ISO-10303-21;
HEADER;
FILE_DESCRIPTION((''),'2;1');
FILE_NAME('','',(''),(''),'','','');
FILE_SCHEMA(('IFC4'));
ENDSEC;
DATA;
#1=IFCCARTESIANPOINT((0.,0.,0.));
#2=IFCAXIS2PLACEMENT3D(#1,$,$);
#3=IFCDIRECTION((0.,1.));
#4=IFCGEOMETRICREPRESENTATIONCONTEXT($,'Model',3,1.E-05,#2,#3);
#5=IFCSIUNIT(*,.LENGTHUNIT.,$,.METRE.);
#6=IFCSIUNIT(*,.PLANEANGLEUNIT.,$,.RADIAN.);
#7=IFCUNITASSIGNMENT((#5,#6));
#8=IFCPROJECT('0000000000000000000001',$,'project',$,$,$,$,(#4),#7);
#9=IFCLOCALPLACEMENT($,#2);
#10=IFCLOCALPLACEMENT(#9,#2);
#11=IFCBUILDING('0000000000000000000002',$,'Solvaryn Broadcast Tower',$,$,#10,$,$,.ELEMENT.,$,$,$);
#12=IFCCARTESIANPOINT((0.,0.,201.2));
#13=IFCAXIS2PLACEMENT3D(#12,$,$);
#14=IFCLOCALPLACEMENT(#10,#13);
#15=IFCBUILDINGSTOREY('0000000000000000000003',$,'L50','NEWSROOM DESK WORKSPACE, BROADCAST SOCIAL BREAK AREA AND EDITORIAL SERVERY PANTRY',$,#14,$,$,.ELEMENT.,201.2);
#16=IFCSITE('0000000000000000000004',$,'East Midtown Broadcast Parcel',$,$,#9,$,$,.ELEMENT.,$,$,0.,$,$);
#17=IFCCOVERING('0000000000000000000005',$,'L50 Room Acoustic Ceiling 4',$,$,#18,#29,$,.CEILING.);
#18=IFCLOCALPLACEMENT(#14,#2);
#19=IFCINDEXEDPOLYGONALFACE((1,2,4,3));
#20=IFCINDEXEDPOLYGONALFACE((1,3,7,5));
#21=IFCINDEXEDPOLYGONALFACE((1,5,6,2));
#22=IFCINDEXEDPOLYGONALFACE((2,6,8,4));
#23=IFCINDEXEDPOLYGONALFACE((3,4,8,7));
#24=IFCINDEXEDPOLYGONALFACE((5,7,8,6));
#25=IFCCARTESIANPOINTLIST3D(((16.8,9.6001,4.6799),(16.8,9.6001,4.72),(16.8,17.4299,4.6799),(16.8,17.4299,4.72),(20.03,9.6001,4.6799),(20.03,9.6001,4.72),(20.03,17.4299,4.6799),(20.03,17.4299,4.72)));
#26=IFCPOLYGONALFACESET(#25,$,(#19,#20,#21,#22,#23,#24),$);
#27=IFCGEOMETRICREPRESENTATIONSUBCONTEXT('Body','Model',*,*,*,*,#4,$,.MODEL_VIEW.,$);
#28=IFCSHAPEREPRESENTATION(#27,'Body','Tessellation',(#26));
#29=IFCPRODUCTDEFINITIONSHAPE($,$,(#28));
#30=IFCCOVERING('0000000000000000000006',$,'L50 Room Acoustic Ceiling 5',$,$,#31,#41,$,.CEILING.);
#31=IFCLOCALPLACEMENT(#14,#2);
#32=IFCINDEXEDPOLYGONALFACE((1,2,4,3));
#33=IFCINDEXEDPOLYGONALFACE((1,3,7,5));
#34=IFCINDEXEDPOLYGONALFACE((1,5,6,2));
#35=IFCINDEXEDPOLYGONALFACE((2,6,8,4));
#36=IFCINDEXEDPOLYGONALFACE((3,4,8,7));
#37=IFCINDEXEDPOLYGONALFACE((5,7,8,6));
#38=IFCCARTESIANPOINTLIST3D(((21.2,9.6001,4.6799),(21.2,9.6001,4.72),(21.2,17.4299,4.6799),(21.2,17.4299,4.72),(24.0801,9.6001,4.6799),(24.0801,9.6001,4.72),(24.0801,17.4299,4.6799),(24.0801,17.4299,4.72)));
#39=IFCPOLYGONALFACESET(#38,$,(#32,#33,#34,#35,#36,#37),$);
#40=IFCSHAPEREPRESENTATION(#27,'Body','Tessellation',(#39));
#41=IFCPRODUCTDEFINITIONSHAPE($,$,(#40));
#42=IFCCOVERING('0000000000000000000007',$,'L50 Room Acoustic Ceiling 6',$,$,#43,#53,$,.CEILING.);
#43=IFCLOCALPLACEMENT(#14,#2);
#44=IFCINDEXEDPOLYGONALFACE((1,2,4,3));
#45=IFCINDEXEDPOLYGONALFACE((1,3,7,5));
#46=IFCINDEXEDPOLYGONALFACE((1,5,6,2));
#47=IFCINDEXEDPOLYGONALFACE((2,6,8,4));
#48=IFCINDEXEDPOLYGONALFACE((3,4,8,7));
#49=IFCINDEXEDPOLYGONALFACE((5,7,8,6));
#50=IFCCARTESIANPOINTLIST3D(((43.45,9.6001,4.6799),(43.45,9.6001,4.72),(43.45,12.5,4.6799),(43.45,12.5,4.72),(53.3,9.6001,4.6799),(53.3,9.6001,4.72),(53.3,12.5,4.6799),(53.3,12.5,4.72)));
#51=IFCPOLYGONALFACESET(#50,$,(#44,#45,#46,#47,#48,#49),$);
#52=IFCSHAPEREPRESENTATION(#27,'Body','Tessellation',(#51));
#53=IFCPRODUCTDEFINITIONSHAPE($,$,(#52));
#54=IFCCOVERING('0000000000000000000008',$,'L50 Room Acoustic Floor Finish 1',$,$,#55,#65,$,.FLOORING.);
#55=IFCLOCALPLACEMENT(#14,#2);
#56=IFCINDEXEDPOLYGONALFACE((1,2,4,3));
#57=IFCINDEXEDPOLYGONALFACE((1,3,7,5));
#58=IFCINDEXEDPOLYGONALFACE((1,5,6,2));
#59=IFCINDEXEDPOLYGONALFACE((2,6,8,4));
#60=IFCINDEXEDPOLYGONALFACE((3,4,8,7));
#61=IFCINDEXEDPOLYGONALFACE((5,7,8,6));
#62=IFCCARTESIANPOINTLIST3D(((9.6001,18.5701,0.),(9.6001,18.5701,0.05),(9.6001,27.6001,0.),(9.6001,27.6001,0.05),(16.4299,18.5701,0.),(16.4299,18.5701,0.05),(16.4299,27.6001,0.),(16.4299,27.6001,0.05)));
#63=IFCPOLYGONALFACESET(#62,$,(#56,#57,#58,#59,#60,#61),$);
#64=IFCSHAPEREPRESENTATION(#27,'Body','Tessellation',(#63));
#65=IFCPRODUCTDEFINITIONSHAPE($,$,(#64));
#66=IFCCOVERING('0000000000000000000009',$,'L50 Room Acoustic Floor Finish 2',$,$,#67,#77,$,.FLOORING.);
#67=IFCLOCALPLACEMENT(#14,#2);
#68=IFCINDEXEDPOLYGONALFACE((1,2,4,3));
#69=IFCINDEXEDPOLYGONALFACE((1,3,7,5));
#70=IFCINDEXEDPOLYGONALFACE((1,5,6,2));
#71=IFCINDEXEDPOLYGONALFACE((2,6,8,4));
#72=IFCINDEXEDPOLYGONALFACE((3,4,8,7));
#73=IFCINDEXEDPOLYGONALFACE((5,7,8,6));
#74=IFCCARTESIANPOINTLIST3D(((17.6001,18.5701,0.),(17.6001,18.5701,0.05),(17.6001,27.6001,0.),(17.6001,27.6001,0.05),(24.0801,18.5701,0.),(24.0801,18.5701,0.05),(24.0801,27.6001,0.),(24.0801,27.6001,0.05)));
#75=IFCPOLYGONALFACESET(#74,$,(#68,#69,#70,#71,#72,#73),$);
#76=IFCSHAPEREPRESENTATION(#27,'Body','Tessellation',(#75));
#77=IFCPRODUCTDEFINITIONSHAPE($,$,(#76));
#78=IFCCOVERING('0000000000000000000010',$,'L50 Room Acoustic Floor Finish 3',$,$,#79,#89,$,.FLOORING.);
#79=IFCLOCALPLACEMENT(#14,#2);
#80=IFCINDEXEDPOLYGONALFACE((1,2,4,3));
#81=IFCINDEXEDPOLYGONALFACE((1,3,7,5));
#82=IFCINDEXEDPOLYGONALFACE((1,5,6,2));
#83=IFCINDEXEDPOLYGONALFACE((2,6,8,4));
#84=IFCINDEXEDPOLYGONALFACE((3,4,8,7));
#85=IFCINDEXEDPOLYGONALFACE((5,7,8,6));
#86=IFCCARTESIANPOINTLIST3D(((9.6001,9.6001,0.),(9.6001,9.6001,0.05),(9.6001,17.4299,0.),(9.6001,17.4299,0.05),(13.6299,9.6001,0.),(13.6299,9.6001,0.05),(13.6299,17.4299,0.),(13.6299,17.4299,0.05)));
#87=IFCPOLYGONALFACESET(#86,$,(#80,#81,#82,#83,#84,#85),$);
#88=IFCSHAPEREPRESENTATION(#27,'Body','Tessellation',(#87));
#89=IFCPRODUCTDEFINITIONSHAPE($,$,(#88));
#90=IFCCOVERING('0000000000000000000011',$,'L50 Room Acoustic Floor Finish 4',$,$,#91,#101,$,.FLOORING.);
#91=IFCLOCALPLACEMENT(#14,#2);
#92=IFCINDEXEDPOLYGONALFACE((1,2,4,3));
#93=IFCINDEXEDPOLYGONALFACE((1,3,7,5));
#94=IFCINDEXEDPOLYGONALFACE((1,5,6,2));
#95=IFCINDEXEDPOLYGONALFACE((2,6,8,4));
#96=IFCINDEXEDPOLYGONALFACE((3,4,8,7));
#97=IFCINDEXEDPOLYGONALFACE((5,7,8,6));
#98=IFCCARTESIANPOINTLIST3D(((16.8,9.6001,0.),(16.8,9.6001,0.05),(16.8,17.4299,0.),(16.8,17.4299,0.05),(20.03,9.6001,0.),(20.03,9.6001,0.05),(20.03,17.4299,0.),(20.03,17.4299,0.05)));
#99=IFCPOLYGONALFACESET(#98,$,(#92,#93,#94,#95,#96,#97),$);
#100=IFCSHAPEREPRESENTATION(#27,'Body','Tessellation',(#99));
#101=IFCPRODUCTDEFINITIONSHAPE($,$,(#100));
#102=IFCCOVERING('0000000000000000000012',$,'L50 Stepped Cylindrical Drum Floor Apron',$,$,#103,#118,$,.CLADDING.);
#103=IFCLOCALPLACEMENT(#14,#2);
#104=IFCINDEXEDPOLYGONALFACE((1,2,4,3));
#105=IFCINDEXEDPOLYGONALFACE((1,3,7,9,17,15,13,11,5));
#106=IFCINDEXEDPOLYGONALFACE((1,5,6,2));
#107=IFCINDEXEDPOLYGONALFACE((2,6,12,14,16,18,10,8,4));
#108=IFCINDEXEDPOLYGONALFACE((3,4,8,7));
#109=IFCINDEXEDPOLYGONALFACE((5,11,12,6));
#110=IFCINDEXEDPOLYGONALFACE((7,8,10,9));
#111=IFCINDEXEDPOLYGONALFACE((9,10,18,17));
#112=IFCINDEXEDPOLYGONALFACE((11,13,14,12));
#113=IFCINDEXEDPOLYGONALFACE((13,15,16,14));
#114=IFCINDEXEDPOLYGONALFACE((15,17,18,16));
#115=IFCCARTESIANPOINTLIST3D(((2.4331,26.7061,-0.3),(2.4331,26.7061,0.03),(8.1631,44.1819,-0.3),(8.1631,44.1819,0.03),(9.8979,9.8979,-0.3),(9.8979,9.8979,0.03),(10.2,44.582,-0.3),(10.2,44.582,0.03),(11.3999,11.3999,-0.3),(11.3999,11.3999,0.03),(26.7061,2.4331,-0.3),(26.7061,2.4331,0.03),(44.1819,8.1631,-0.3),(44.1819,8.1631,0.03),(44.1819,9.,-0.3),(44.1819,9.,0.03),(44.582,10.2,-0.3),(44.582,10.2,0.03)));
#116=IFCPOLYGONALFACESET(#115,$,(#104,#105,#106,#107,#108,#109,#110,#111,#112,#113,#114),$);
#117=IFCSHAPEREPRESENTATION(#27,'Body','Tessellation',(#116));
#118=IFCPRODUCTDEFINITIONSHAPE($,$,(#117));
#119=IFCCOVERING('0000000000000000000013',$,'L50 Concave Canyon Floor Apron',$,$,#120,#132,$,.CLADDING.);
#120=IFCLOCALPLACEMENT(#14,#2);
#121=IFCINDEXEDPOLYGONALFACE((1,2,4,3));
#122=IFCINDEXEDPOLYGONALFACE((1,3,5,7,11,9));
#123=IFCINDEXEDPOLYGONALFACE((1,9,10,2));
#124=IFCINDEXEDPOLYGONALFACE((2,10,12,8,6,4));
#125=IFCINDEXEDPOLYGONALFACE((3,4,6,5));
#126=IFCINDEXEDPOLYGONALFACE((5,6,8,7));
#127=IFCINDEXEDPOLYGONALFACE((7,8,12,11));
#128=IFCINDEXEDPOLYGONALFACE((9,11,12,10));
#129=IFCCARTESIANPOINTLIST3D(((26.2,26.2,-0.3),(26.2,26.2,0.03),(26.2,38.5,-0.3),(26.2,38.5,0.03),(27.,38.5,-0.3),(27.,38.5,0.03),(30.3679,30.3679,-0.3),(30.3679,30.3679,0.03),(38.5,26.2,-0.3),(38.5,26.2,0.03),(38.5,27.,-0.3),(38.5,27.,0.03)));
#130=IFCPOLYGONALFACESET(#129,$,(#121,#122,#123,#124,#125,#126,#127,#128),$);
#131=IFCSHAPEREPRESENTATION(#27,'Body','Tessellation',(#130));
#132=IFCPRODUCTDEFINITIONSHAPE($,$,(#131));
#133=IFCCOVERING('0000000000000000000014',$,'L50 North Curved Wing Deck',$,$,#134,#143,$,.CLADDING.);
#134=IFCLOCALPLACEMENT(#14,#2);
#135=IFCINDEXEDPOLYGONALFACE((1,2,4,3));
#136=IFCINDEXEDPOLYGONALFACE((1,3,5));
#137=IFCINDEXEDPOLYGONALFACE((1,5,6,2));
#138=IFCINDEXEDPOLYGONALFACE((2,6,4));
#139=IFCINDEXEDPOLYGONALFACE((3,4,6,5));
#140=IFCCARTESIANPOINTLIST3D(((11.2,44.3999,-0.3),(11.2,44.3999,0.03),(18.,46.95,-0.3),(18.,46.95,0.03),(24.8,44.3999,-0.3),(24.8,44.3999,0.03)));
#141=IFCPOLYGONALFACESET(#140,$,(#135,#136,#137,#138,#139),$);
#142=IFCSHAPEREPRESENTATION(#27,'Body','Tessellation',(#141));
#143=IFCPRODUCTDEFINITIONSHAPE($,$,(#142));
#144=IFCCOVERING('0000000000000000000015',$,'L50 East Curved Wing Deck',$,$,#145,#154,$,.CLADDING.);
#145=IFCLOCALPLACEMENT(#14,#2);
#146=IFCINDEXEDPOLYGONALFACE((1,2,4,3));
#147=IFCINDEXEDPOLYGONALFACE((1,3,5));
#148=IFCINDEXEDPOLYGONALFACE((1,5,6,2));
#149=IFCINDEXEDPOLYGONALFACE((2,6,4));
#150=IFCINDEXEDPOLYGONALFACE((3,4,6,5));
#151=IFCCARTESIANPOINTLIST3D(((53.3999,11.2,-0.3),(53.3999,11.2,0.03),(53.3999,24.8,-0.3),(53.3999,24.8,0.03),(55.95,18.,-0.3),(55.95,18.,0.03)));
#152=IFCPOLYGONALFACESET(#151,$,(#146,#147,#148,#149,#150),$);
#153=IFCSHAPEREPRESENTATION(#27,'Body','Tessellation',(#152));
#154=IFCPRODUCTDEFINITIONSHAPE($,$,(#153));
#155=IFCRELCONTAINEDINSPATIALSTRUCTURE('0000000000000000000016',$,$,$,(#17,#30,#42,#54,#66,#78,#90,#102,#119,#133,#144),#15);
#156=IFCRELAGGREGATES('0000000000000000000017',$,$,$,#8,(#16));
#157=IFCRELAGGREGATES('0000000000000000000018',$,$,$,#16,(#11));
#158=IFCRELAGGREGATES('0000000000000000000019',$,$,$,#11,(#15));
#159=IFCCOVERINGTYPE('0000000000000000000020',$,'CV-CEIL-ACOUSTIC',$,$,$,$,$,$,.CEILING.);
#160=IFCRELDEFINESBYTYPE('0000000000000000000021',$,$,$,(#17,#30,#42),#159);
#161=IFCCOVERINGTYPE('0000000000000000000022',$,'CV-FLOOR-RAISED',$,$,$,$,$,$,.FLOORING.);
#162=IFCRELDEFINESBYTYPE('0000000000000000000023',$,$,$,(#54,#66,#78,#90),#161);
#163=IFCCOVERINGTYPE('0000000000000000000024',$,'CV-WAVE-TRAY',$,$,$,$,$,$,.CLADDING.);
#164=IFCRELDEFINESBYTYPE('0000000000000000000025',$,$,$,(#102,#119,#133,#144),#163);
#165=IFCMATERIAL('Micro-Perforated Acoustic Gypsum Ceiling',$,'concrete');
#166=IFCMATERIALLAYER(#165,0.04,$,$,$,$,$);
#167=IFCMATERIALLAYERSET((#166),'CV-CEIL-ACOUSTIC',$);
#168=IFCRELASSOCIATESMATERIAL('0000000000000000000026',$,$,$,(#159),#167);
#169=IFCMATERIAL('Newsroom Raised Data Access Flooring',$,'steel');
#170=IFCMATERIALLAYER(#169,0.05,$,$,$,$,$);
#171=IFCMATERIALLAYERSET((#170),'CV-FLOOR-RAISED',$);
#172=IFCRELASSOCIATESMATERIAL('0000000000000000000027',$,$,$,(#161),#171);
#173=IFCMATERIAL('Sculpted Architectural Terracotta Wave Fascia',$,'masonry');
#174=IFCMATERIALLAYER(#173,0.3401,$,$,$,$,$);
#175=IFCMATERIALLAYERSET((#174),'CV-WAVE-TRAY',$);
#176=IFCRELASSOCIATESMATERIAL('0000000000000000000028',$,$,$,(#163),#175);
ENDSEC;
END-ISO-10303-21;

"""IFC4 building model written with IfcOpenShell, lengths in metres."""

from ifc_helpers import new_model, si_unit, direction, frame, origin, place, context, subcontext, project, spatial, polyline, outline, extrude, material, layer, layer_set, type_object, element, save


model = new_model("IFC4")

# Units and contexts
model_context = context("Model", 3, precision=1e-05, world=origin(), true_north=direction((0.0, 1.0)))
body_context = subcontext(model_context, "Body", "Model", "MODEL_VIEW")
ifc_project = project(units=[si_unit("LENGTHUNIT", "METRE"), si_unit("PLANEANGLEUNIT", "RADIAN")], contexts=[model_context])

# Site, building, storey
site_placement = place(None, origin())
site = spatial("IfcSite", under=ifc_project, at=site_placement, Name="East Midtown Broadcast Parcel", CompositionType="ELEMENT", RefElevation=0.0)
building_placement = place(site_placement, origin())
building = spatial("IfcBuilding", under=site, at=building_placement, Name="Solvaryn Broadcast Tower", CompositionType="ELEMENT")
storey_placement = place(building_placement, frame((0.0, 0.0, 201.2)))
storey = spatial("IfcBuildingStorey", under=building, at=storey_placement, Name="L50", Description="NEWSROOM DESK WORKSPACE, BROADCAST SOCIAL BREAK AREA AND EDITORIAL SERVERY PANTRY", CompositionType="ELEMENT", Elevation=201.2)

# Coverings
ifc_material_1 = material(Name="Micro-Perforated Acoustic Gypsum Ceiling", Category="concrete")
ifc_layer_1 = layer(ifc_material_1, 0.04)
ifc_layer_set_1 = layer_set([ifc_layer_1], Name="CV-CEIL-ACOUSTIC")
covering_type_1 = type_object("IfcCoveringType", Name="CV-CEIL-ACOUSTIC", PredefinedType="CEILING", material=ifc_layer_set_1)
covering_1_placement = place(storey_placement, frame((0.0, 0.0, 4.6799)))
element("IfcCovering", 1, at=covering_1_placement, inside=storey, type_object=covering_type_1, Name="L50 Room Acoustic Ceiling 4", PredefinedType="CEILING", context=body_context, shape_type="SweptSolid", body=[
    extrude(outline(polyline([(16.8, 9.6001), (20.03, 9.6001), (20.03, 17.4299), (16.8, 17.4299), (16.8, 9.6001)])), origin(), (0.0, 0.0, 1.0), 0.04),
])
covering_2_placement = place(storey_placement, frame((0.0, 0.0, 4.6799)))
element("IfcCovering", 2, at=covering_2_placement, inside=storey, type_object=covering_type_1, Name="L50 Room Acoustic Ceiling 5", PredefinedType="CEILING", context=body_context, shape_type="SweptSolid", body=[
    extrude(outline(polyline([(21.2, 9.6001), (24.0801, 9.6001), (24.0801, 17.4299), (21.2, 17.4299), (21.2, 9.6001)])), origin(), (0.0, 0.0, 1.0), 0.04),
])
covering_3_placement = place(storey_placement, frame((0.0, 0.0, 4.6799)))
element("IfcCovering", 3, at=covering_3_placement, inside=storey, type_object=covering_type_1, Name="L50 Room Acoustic Ceiling 6", PredefinedType="CEILING", context=body_context, shape_type="SweptSolid", body=[
    extrude(outline(polyline([(43.45, 9.6001), (53.3, 9.6001), (53.3, 12.5), (43.45, 12.5), (43.45, 9.6001)])), origin(), (0.0, 0.0, 1.0), 0.04),
])
ifc_material_2 = material(Name="Newsroom Raised Data Access Flooring", Category="steel")
ifc_layer_2 = layer(ifc_material_2, 0.05)
ifc_layer_set_2 = layer_set([ifc_layer_2], Name="CV-FLOOR-RAISED")
covering_type_2 = type_object("IfcCoveringType", Name="CV-FLOOR-RAISED", PredefinedType="FLOORING", material=ifc_layer_set_2)
covering_4_placement = place(storey_placement, origin())
element("IfcCovering", 4, at=covering_4_placement, inside=storey, type_object=covering_type_2, Name="L50 Room Acoustic Floor Finish 1", PredefinedType="FLOORING", context=body_context, shape_type="SweptSolid", body=[
    extrude(outline(polyline([(9.6001, 18.5701), (16.4299, 18.5701), (16.4299, 27.6001), (9.6001, 27.6001), (9.6001, 18.5701)])), origin(), (0.0, 0.0, 1.0), 0.05),
])
covering_5_placement = place(storey_placement, origin())
element("IfcCovering", 5, at=covering_5_placement, inside=storey, type_object=covering_type_2, Name="L50 Room Acoustic Floor Finish 2", PredefinedType="FLOORING", context=body_context, shape_type="SweptSolid", body=[
    extrude(outline(polyline([(17.6001, 18.5701), (24.0801, 18.5701), (24.0801, 27.6001), (17.6001, 27.6001), (17.6001, 18.5701)])), origin(), (0.0, 0.0, 1.0), 0.05),
])
covering_6_placement = place(storey_placement, origin())
element("IfcCovering", 6, at=covering_6_placement, inside=storey, type_object=covering_type_2, Name="L50 Room Acoustic Floor Finish 3", PredefinedType="FLOORING", context=body_context, shape_type="SweptSolid", body=[
    extrude(outline(polyline([(9.6001, 9.6001), (13.6299, 9.6001), (13.6299, 17.4299), (9.6001, 17.4299), (9.6001, 9.6001)])), origin(), (0.0, 0.0, 1.0), 0.05),
])
covering_7_placement = place(storey_placement, origin())
element("IfcCovering", 7, at=covering_7_placement, inside=storey, type_object=covering_type_2, Name="L50 Room Acoustic Floor Finish 4", PredefinedType="FLOORING", context=body_context, shape_type="SweptSolid", body=[
    extrude(outline(polyline([(16.8, 9.6001), (20.03, 9.6001), (20.03, 17.4299), (16.8, 17.4299), (16.8, 9.6001)])), origin(), (0.0, 0.0, 1.0), 0.05),
])
ifc_material_3 = material(Name="Sculpted Architectural Terracotta Wave Fascia", Category="masonry")
ifc_layer_3 = layer(ifc_material_3, 0.3401)
ifc_layer_set_3 = layer_set([ifc_layer_3], Name="CV-WAVE-TRAY")
covering_type_3 = type_object("IfcCoveringType", Name="CV-WAVE-TRAY", PredefinedType="CLADDING", material=ifc_layer_set_3)
covering_8_placement = place(storey_placement, frame((0.0, 0.0, -0.3)))
element("IfcCovering", 8, at=covering_8_placement, inside=storey, type_object=covering_type_3, Name="L50 Stepped Cylindrical Drum Floor Apron", PredefinedType="CLADDING", context=body_context, shape_type="SweptSolid", body=[
    extrude(outline(polyline([(10.2, 44.582), (8.1631, 44.1819), (2.4331, 26.7061), (9.8979, 9.8979), (26.7061, 2.4331), (44.1819, 8.1631), (44.1819, 9.0), (44.582, 10.2), (11.3999, 11.3999), (10.2, 44.582)])), origin(), (0.0, 0.0, 1.0), 0.3301),
])
covering_9_placement = place(storey_placement, frame((0.0, 0.0, -0.3)))
element("IfcCovering", 9, at=covering_9_placement, inside=storey, type_object=covering_type_3, Name="L50 Concave Canyon Floor Apron", PredefinedType="CLADDING", context=body_context, shape_type="SweptSolid", body=[
    extrude(outline(polyline([(26.2, 26.2), (38.5, 26.2), (38.5, 27.0), (30.3679, 30.3679), (27.0, 38.5), (26.2, 38.5), (26.2, 26.2)])), origin(), (0.0, 0.0, 1.0), 0.3301),
])
covering_10_placement = place(storey_placement, frame((0.0, 0.0, -0.3)))
element("IfcCovering", 10, at=covering_10_placement, inside=storey, type_object=covering_type_3, Name="L50 North Curved Wing Deck", PredefinedType="CLADDING", context=body_context, shape_type="SweptSolid", body=[
    extrude(outline(polyline([(11.2, 44.3999), (24.8, 44.3999), (18.0, 46.95), (11.2, 44.3999)])), origin(), (0.0, 0.0, 1.0), 0.3301),
])
covering_11_placement = place(storey_placement, frame((0.0, 0.0, -0.3)))
element("IfcCovering", 11, at=covering_11_placement, inside=storey, type_object=covering_type_3, Name="L50 East Curved Wing Deck", PredefinedType="CLADDING", context=body_context, shape_type="SweptSolid", body=[
    extrude(outline(polyline([(53.3999, 11.2), (55.95, 18.0), (53.3999, 24.8), (53.3999, 11.2)])), origin(), (0.0, 0.0, 1.0), 0.3301),
])

save(model, "model.ifc")
